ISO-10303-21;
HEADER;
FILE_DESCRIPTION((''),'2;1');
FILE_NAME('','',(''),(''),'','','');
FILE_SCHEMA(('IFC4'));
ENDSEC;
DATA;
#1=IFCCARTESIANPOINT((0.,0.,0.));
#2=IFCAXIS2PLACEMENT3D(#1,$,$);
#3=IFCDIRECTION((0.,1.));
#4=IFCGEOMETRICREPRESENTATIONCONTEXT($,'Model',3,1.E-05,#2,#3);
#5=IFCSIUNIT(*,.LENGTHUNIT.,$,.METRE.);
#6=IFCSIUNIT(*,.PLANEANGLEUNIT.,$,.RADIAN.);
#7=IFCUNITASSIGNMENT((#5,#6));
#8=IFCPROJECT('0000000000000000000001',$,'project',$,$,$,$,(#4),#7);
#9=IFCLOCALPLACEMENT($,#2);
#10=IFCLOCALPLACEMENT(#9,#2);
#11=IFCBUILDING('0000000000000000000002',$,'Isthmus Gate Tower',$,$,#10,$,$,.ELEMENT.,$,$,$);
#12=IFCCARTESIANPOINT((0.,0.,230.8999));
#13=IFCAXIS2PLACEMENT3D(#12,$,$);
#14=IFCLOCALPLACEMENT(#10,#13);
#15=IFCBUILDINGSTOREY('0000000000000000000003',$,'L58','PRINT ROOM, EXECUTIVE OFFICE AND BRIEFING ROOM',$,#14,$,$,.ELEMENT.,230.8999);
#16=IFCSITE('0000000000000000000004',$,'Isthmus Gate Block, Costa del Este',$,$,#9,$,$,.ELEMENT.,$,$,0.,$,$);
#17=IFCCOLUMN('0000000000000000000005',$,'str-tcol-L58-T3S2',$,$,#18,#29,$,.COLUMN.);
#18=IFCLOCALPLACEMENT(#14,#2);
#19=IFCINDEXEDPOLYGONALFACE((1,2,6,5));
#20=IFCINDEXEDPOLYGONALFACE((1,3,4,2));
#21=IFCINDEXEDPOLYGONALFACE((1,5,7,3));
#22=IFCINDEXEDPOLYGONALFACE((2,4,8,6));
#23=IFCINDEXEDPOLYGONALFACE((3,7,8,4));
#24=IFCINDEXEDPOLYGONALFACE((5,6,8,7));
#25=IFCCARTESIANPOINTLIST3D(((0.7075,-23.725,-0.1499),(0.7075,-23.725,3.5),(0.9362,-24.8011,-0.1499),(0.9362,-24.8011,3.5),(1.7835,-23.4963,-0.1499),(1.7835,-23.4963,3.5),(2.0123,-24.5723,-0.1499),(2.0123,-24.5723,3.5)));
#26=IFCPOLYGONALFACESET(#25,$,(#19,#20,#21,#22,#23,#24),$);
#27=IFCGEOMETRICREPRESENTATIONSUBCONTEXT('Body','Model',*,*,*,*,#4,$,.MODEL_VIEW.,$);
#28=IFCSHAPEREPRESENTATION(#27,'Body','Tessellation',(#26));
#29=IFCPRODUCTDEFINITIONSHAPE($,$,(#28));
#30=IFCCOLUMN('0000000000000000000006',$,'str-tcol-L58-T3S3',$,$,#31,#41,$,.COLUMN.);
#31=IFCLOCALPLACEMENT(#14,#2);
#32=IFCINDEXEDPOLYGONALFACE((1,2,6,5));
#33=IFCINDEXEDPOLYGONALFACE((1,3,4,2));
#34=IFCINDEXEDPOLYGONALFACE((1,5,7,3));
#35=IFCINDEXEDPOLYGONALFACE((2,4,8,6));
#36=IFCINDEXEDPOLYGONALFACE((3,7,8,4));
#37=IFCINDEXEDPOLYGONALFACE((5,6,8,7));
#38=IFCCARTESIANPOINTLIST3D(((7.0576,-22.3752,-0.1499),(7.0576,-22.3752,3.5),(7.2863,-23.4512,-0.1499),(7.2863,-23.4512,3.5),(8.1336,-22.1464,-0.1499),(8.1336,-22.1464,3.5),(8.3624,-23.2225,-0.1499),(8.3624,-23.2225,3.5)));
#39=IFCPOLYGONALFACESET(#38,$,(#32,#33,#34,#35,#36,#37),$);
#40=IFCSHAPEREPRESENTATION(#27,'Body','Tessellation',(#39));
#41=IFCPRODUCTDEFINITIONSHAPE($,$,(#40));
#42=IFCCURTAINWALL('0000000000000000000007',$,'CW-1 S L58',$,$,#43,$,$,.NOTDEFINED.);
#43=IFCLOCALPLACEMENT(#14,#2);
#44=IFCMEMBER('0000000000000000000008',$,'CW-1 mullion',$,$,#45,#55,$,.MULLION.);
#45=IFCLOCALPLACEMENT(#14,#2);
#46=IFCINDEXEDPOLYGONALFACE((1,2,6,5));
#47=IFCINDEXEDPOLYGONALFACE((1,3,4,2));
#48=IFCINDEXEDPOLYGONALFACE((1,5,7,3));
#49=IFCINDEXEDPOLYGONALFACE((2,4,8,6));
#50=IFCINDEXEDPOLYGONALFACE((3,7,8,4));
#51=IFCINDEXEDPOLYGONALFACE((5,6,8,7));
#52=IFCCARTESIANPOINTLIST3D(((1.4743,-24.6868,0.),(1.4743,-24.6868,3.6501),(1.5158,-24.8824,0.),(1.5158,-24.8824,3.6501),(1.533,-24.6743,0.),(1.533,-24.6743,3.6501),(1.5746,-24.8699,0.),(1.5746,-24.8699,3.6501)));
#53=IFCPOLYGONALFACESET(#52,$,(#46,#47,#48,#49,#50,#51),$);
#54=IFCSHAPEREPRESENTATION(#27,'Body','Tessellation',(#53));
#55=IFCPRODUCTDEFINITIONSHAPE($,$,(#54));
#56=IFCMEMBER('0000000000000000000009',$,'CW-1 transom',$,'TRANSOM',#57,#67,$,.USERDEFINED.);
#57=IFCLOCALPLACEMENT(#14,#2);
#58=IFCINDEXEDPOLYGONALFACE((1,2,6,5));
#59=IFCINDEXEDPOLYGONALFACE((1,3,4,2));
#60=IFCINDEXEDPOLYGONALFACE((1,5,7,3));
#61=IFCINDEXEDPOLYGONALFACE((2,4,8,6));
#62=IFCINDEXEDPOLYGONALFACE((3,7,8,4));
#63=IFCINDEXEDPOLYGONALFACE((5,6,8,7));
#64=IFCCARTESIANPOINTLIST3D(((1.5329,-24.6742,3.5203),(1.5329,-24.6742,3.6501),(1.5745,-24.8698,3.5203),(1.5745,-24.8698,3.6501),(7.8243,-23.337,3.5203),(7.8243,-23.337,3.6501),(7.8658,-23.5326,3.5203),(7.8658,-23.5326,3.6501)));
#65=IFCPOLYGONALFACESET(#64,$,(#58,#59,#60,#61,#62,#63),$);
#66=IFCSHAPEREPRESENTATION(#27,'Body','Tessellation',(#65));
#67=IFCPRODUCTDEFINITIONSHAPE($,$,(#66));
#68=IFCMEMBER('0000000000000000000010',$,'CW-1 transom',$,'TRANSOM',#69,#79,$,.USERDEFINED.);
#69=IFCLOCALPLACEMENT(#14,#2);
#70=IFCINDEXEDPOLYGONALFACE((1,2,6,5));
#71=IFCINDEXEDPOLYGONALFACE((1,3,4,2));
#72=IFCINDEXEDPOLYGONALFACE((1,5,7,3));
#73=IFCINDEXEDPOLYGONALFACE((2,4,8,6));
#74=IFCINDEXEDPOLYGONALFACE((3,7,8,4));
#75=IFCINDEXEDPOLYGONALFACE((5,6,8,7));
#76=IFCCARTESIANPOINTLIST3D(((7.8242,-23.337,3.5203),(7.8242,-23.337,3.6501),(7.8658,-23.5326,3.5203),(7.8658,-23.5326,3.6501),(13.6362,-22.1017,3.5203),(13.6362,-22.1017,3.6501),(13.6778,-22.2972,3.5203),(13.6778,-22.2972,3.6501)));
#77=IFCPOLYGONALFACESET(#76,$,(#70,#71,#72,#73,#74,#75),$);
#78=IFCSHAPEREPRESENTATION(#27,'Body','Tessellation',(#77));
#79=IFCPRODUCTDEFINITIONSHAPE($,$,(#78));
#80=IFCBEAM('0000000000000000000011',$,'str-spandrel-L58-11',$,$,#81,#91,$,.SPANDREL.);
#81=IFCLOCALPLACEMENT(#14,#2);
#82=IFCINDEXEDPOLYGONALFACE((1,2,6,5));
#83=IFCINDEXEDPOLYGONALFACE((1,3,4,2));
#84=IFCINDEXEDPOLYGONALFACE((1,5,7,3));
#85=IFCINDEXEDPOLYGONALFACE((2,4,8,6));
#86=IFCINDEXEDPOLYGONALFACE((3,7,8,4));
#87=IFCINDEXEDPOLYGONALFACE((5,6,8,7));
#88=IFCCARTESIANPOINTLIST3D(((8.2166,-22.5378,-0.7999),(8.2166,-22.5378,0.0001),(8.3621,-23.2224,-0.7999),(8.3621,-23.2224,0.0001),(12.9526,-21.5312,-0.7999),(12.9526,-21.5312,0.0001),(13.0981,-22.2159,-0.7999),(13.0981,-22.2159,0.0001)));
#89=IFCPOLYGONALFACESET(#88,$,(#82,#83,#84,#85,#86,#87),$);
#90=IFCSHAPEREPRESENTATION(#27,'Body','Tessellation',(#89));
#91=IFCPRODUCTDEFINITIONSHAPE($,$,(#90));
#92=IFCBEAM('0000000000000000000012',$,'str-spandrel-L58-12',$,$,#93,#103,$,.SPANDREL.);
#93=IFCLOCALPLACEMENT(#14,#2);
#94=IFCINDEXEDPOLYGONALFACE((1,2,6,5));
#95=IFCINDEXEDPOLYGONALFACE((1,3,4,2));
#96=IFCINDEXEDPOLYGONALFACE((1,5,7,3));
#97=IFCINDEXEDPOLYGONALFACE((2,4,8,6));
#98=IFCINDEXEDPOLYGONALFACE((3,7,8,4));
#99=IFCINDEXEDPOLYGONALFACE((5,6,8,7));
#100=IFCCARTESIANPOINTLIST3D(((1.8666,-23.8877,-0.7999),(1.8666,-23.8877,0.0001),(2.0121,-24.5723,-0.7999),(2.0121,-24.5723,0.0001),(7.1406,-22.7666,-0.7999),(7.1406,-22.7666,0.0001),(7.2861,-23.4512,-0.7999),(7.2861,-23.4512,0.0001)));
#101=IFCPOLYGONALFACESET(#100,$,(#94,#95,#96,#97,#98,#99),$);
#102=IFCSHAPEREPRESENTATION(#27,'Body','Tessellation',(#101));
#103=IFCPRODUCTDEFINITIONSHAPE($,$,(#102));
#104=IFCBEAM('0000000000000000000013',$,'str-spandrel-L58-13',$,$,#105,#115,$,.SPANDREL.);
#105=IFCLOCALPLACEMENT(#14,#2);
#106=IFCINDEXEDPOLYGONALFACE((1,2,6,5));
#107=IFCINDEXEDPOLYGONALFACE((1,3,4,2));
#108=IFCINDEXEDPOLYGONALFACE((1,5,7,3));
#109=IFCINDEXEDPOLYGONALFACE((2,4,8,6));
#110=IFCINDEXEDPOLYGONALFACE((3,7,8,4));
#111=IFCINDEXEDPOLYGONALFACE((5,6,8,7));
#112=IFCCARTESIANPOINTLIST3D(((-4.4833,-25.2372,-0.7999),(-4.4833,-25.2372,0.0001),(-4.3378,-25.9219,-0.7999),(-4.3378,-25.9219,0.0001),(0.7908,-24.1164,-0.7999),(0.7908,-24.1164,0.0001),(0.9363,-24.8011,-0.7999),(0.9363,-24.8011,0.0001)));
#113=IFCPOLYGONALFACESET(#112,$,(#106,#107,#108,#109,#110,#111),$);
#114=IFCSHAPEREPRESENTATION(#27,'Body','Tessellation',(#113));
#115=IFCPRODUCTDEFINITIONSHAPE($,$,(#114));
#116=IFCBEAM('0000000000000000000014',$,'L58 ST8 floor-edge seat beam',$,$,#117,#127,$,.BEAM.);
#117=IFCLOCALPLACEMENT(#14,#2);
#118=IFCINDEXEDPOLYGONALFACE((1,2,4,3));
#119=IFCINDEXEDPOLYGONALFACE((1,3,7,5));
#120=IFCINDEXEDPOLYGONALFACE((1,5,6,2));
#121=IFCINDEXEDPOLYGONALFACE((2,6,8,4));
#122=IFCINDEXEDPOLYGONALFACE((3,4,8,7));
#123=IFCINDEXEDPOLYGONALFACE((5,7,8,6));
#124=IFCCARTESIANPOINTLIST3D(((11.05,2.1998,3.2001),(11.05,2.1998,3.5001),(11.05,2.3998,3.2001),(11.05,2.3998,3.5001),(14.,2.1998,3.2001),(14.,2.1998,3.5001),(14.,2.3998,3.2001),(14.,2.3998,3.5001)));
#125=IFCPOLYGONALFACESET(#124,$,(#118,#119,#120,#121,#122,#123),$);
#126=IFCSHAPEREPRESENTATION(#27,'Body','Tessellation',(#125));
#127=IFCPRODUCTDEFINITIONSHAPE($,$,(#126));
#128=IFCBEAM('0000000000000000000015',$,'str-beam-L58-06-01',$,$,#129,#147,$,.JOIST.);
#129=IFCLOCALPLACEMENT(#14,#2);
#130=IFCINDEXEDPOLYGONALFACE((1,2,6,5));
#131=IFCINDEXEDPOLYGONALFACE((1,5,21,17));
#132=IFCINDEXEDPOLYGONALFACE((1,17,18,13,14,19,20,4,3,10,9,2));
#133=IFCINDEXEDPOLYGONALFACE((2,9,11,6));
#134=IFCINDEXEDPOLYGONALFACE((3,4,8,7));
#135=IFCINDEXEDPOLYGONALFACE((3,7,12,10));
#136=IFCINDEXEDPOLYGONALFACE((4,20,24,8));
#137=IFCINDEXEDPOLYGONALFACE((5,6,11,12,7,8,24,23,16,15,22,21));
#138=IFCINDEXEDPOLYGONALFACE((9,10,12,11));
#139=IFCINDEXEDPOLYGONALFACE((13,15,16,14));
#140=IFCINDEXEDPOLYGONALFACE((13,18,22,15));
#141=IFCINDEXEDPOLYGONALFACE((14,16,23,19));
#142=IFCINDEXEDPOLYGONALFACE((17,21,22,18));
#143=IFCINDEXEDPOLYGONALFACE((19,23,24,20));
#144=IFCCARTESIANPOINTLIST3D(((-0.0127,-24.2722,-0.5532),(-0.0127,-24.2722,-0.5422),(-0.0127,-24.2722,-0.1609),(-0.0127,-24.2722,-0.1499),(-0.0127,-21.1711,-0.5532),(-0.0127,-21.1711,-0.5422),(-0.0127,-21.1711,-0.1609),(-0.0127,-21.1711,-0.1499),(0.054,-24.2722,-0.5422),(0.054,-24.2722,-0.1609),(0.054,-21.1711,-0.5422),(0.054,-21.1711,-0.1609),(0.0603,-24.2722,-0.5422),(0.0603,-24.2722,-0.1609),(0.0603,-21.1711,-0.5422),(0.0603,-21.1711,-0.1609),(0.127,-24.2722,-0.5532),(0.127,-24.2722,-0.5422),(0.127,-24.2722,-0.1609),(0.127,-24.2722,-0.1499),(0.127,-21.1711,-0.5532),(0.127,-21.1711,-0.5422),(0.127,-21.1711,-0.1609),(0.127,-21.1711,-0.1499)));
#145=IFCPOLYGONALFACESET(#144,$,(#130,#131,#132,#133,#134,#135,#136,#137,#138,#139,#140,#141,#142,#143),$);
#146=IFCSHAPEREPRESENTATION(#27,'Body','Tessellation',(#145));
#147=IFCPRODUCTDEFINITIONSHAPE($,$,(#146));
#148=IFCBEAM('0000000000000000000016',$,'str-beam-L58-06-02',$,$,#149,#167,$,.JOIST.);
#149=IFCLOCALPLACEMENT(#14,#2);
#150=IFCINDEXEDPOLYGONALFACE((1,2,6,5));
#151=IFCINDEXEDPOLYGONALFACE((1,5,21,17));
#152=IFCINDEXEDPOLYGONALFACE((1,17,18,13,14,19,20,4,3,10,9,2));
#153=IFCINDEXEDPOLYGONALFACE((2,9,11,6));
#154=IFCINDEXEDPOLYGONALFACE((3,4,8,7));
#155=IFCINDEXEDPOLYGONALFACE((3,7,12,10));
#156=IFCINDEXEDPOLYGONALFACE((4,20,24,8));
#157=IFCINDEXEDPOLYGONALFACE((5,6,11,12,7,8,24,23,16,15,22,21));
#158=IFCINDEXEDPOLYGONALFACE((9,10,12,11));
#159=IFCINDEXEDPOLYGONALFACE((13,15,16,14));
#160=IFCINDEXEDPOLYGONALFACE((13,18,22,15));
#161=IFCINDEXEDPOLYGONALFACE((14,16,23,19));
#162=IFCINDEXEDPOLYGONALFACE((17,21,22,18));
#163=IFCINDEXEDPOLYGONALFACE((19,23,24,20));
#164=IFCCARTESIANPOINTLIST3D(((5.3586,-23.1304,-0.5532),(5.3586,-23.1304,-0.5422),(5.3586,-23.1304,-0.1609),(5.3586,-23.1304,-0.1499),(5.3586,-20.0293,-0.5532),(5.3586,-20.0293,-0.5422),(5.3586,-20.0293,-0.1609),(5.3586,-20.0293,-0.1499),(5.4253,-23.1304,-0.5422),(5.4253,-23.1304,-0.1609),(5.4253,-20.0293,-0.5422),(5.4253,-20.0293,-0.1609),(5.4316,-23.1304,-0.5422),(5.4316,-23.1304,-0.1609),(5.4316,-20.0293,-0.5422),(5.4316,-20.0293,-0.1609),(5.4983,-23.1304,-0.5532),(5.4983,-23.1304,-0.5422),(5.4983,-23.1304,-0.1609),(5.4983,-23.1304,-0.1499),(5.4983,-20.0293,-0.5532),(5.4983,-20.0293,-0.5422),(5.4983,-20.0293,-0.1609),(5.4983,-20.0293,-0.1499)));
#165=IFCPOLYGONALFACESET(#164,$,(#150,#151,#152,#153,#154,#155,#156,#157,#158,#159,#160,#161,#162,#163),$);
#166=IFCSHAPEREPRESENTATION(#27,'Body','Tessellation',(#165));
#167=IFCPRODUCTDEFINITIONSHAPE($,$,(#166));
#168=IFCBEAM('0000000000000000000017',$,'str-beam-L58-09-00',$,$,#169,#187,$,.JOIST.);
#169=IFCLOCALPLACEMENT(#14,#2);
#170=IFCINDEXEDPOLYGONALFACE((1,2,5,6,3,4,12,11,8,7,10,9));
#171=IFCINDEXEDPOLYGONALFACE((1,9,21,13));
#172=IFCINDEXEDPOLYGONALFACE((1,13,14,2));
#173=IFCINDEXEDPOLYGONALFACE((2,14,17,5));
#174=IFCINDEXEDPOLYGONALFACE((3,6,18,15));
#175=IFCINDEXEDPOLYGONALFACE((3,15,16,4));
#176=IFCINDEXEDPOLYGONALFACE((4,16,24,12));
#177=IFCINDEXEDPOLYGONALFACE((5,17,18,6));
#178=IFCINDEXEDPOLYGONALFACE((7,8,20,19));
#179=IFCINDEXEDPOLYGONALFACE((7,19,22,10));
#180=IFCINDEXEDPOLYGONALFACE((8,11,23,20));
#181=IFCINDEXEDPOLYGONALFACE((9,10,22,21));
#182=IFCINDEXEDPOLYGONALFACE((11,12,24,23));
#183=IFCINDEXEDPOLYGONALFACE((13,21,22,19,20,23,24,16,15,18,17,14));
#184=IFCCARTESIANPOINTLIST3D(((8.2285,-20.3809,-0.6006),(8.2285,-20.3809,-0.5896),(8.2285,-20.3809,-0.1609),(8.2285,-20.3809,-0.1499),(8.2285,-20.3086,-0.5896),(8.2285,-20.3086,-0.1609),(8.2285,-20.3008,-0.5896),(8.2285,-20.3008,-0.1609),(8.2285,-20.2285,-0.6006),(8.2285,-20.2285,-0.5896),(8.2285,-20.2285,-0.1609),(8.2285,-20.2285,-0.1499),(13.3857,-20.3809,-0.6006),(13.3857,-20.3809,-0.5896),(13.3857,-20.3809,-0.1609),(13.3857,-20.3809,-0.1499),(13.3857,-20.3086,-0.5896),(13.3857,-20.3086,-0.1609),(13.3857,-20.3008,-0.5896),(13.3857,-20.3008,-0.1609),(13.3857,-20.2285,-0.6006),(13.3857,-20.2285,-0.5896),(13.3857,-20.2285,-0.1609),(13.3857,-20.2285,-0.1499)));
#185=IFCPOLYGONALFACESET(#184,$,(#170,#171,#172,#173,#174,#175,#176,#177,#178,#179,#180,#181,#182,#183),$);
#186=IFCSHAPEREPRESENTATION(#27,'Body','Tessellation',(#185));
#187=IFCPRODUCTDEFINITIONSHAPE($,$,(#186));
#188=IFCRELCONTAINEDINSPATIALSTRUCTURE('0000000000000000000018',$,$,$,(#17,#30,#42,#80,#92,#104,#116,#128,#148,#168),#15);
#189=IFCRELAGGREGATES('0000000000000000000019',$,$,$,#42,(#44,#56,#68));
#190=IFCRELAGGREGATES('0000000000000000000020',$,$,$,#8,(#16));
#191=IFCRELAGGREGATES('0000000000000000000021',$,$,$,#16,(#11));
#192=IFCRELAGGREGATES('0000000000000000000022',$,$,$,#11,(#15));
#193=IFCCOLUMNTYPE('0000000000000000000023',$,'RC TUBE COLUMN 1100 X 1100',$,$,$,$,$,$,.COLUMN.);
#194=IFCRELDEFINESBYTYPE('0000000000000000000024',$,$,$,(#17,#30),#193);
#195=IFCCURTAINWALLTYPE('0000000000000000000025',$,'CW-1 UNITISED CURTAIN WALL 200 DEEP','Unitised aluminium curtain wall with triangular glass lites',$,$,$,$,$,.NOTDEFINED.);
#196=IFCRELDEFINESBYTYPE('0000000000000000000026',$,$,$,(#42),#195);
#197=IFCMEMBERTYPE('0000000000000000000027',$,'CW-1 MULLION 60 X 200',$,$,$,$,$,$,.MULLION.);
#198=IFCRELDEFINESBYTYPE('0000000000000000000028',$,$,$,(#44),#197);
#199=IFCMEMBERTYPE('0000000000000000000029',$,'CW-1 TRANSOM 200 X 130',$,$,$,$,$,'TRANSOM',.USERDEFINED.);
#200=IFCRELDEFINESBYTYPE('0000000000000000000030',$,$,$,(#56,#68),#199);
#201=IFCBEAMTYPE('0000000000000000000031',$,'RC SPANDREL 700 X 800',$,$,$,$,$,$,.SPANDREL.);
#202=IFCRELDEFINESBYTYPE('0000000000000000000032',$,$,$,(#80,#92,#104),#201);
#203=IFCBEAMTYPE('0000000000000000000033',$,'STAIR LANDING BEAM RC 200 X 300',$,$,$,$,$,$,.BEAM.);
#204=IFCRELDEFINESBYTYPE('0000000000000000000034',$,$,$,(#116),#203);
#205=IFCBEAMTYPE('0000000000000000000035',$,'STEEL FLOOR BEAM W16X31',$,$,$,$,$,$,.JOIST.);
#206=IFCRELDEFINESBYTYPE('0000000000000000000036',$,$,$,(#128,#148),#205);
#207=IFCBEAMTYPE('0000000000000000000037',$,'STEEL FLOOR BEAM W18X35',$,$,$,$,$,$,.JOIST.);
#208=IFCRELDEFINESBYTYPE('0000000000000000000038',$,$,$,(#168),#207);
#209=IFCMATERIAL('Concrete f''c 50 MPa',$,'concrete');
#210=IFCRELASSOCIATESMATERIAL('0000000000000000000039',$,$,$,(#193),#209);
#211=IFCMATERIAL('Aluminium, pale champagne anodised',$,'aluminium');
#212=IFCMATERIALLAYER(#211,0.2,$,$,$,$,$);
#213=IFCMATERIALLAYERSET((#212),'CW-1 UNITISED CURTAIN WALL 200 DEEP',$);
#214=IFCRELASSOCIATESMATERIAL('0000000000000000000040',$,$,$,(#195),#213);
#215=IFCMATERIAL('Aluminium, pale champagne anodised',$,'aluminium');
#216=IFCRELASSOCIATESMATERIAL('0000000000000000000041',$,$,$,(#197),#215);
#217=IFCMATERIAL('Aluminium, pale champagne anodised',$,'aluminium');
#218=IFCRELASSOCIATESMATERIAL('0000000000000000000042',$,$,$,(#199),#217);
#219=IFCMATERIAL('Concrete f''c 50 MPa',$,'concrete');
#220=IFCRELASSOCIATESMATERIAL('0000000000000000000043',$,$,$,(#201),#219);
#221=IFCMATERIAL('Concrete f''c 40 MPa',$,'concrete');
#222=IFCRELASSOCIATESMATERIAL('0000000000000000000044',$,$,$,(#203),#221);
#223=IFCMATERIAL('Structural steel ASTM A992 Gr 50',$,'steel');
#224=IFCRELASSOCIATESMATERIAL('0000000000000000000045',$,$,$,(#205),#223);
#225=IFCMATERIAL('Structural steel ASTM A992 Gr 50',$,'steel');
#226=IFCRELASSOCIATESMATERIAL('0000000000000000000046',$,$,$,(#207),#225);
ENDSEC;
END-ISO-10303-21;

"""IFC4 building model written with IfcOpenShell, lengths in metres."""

from ifc_helpers import new_model, si_unit, direction, frame, origin, origin_2d, place, context, subcontext, project, spatial, rectangle, i_section, extrude, material, layer, layer_set, material_profile, profile_set, type_object, element, aggregate, save


model = new_model("IFC4")

# Units and contexts
model_context = context("Model", 3, precision=1e-05, world=origin(), true_north=direction((0.0, 1.0)))
body_context = subcontext(model_context, "Body", "Model", "MODEL_VIEW")
ifc_project = project(units=[si_unit("LENGTHUNIT", "METRE"), si_unit("PLANEANGLEUNIT", "RADIAN")], contexts=[model_context])

# Site, building, storey
site_placement = place(None, origin())
site = spatial("IfcSite", under=ifc_project, at=site_placement, Name="Isthmus Gate Block, Costa del Este", CompositionType="ELEMENT", RefElevation=0.0)
building_placement = place(site_placement, origin())
building = spatial("IfcBuilding", under=site, at=building_placement, Name="Isthmus Gate Tower", CompositionType="ELEMENT")
storey_placement = place(building_placement, frame((0.0, 0.0, 230.8999)))
storey = spatial("IfcBuildingStorey", under=building, at=storey_placement, Name="L58", Description="PRINT ROOM, EXECUTIVE OFFICE AND BRIEFING ROOM", CompositionType="ELEMENT", Elevation=230.8999)

# Columns
ifc_material_1 = material(Name="Concrete f'c 50 MPa", Category="concrete")
ifc_material_profile_1 = material_profile(ifc_material_1, rectangle(XDim=1.1001, YDim=1.1001, at=origin_2d()), Name="RC 1100X1100")
ifc_profile_set_1 = profile_set([ifc_material_profile_1], Name="Concrete f'c 50 MPa")
column_type = type_object("IfcColumnType", Name="RC TUBE COLUMN 1100 X 1100", PredefinedType="COLUMN", material=ifc_profile_set_1)
for number, where, z_axis, x_axis, name in (
    (1, (1.3599, -24.1487, -0.1499), (0.0, 0.0, 1.0), (0.978148, 0.207912, 0.0), "str-tcol-L58-T3S2"),
    (2, (7.71, -22.7988, -0.1499), (0.0, 0.0, 1.0), (0.978148, 0.207912, 0.0), "str-tcol-L58-T3S3"),
):
    element("IfcColumn", number, at=place(storey_placement, frame(where, z_axis=z_axis, x_axis=x_axis)), inside=storey, type_object=column_type, Name=name, PredefinedType="COLUMN", context=body_context, shape_type="SweptSolid", body=[
        extrude(rectangle(XDim=1.1001, YDim=1.1001, at=origin_2d()), origin(), (0.0, 0.0, 1.0), 3.6499),
    ])

# Curtain wall, members
ifc_material_2 = material(Name="Aluminium, pale champagne anodised", Category="aluminium")
ifc_layer_1 = layer(ifc_material_2, 0.2)
ifc_layer_set_1 = layer_set([ifc_layer_1], Name="CW-1 UNITISED CURTAIN WALL 200 DEEP")
curtain_wall_type = type_object("IfcCurtainWallType", Name="CW-1 UNITISED CURTAIN WALL 200 DEEP", Description="Unitised aluminium curtain wall with triangular glass lites", PredefinedType="NOTDEFINED", material=ifc_layer_set_1)
curtain_wall_placement = place(storey_placement, origin())
curtain_wall = element("IfcCurtainWall", 3, at=curtain_wall_placement, inside=storey, type_object=curtain_wall_type, Name="CW-1 S L58", PredefinedType="NOTDEFINED")
ifc_material_3 = material(Name="Aluminium, pale champagne anodised", Category="aluminium")
ifc_material_profile_2 = material_profile(ifc_material_3, rectangle(XDim=0.0601, YDim=0.2, at=origin_2d()), Name="60x200")
ifc_profile_set_2 = profile_set([ifc_material_profile_2], Name="Aluminium, pale champagne anodised")
member_type_1 = type_object("IfcMemberType", Name="CW-1 MULLION 60 X 200", PredefinedType="MULLION", material=ifc_profile_set_2)
member_1_placement = place(storey_placement, frame((1.5244, -24.7783, 0.0), z_axis=(0.0, 0.0, 1.0), x_axis=(0.978148, 0.207912, 0.0)))
member_1 = element("IfcMember", 4, at=member_1_placement, type_object=member_type_1, Name="CW-1 mullion", PredefinedType="MULLION", context=body_context, shape_type="SweptSolid", body=[
    extrude(rectangle(XDim=0.0601, YDim=0.2, at=origin_2d()), origin(), (0.0, 0.0, 1.0), 3.6501),
])
ifc_material_4 = material(Name="Aluminium, pale champagne anodised", Category="aluminium")
ifc_material_profile_3 = material_profile(ifc_material_4, rectangle(XDim=0.2, YDim=0.1299, at=origin_2d()), Name="200x130")
ifc_profile_set_3 = profile_set([ifc_material_profile_3], Name="Aluminium, pale champagne anodised")
member_type_2 = type_object("IfcMemberType", Name="CW-1 TRANSOM 200 X 130", ElementType="TRANSOM", PredefinedType="USERDEFINED", material=ifc_profile_set_3)
member_2_placement = place(storey_placement, frame((1.5537, -24.772, 3.5852), z_axis=(0.97815, 0.207898, 0.0), x_axis=(-0.207898, 0.97815, 0.0)))
member_2 = element("IfcMember", 5, at=member_2_placement, type_object=member_type_2, Name="CW-1 transom", ObjectType="TRANSOM", PredefinedType="USERDEFINED", context=body_context, shape_type="SweptSolid", body=[
    extrude(rectangle(XDim=0.2, YDim=0.1299, at=origin_2d()), origin(), (0.0, 0.0, 1.0), 6.4319),
])
member_3_placement = place(storey_placement, frame((7.845, -23.4348, 3.5852), z_axis=(0.978149, 0.207907, 0.0), x_axis=(-0.207907, 0.978149, 0.0)))
member_3 = element("IfcMember", 6, at=member_3_placement, type_object=member_type_2, Name="CW-1 transom", ObjectType="TRANSOM", PredefinedType="USERDEFINED", context=body_context, shape_type="SweptSolid", body=[
    extrude(rectangle(XDim=0.2, YDim=0.1299, at=origin_2d()), origin(), (0.0, 0.0, 1.0), 5.9419),
])

# Beams
ifc_material_5 = material(Name="Concrete f'c 50 MPa", Category="concrete")
ifc_material_profile_4 = material_profile(ifc_material_5, rectangle(XDim=0.7, YDim=0.8, at=origin_2d()), Name="RC 700X800")
ifc_profile_set_4 = profile_set([ifc_material_profile_4], Name="Concrete f'c 50 MPa")
beam_type_1 = type_object("IfcBeamType", Name="RC SPANDREL 700 X 800", PredefinedType="SPANDREL", material=ifc_profile_set_4)
beam_1_placement = place(storey_placement, frame((13.0254, -21.8735, -0.3999), z_axis=(-0.978152, -0.207893, 0.0), x_axis=(0.207893, -0.978152, 0.0)))
element("IfcBeam", 7, at=beam_1_placement, inside=storey, type_object=beam_type_1, Name="str-spandrel-L58-11", PredefinedType="SPANDREL", context=body_context, shape_type="SweptSolid", body=[
    extrude(rectangle(XDim=0.7, YDim=0.8, at=origin_2d()), origin(), (0.0, 0.0, 1.0), 4.8418),
])
for number, where, z_axis, x_axis, name in (
    (8, (7.2134, -23.1089, -0.3999), (-0.978144, -0.207927, 0.0), (0.207927, -0.978144, 0.0), "str-spandrel-L58-12"),
    (9, (0.8635, -24.4587, -0.3999), (-0.978156, -0.207874, 0.0), (0.207874, -0.978156, 0.0), "str-spandrel-L58-13"),
):
    element("IfcBeam", number, at=place(storey_placement, frame(where, z_axis=z_axis, x_axis=x_axis)), inside=storey, type_object=beam_type_1, Name=name, PredefinedType="SPANDREL", context=body_context, shape_type="SweptSolid", body=[
        extrude(rectangle(XDim=0.7, YDim=0.8, at=origin_2d()), origin(), (0.0, 0.0, 1.0), 5.3918),
    ])
ifc_material_6 = material(Name="Concrete f'c 40 MPa", Category="concrete")
ifc_material_profile_5 = material_profile(ifc_material_6, rectangle(XDim=0.2, YDim=0.3, at=origin_2d()), Name="STAIR LANDING BEAM RC 200 X 300")
ifc_profile_set_5 = profile_set([ifc_material_profile_5], Name="Concrete f'c 40 MPa")
beam_type_2 = type_object("IfcBeamType", Name="STAIR LANDING BEAM RC 200 X 300", PredefinedType="BEAM", material=ifc_profile_set_5)
beam_2_placement = place(storey_placement, frame((11.05, 2.2998, 3.3501), z_axis=(1.0, 0.0, 0.0), x_axis=(0.0, 1.0, 0.0)))
element("IfcBeam", 10, at=beam_2_placement, inside=storey, type_object=beam_type_2, Name="L58 ST8 floor-edge seat beam", PredefinedType="BEAM", context=body_context, shape_type="SweptSolid", body=[
    extrude(rectangle(XDim=0.2, YDim=0.3, at=origin_2d()), origin(), (0.0, 0.0, 1.0), 2.95),
])
ifc_material_7 = material(Name="Structural steel ASTM A992 Gr 50", Category="steel")
ifc_material_profile_6 = material_profile(ifc_material_7, i_section(OverallWidth=0.1396, OverallDepth=0.4033, WebThickness=0.0063, FlangeThickness=0.011, at=origin_2d()), Name="W16X31")
ifc_profile_set_6 = profile_set([ifc_material_profile_6], Name="Structural steel ASTM A992 Gr 50")
beam_type_3 = type_object("IfcBeamType", Name="STEEL FLOOR BEAM W16X31", PredefinedType="JOIST", material=ifc_profile_set_6)
for number, where, z_axis, x_axis, name in (
    (11, (0.0571, -24.2722, -0.3516), (0.0, 1.0, 0.0), (-1.0, 0.0, 0.0), "str-beam-L58-06-01"),
    (12, (5.4285, -23.1304, -0.3516), (0.0, 1.0, 0.0), (-1.0, 0.0, 0.0), "str-beam-L58-06-02"),
):
    element("IfcBeam", number, at=place(storey_placement, frame(where, z_axis=z_axis, x_axis=x_axis)), inside=storey, type_object=beam_type_3, Name=name, PredefinedType="JOIST", context=body_context, shape_type="SweptSolid", body=[
        extrude(i_section(OverallWidth=0.1396, OverallDepth=0.4033, WebThickness=0.0063, FlangeThickness=0.011, at=origin_2d()), origin(), (0.0, 0.0, 1.0), 3.1011),
    ])
ifc_material_8 = material(Name="Structural steel ASTM A992 Gr 50", Category="steel")
ifc_material_profile_7 = material_profile(ifc_material_8, i_section(OverallWidth=0.1523, OverallDepth=0.4507, WebThickness=0.0078, FlangeThickness=0.011, at=origin_2d()), Name="W18X35")
ifc_profile_set_7 = profile_set([ifc_material_profile_7], Name="Structural steel ASTM A992 Gr 50")
beam_type_4 = type_object("IfcBeamType", Name="STEEL FLOOR BEAM W18X35", PredefinedType="JOIST", material=ifc_profile_set_7)
for number, where, z_axis, x_axis, name in (
    (13, (8.2285, -20.3047, -0.3752), (1.0, 0.0, 0.0), (0.0, 1.0, 0.0), "str-beam-L58-09-00"),
):
    element("IfcBeam", number, at=place(storey_placement, frame(where, z_axis=z_axis, x_axis=x_axis)), inside=storey, type_object=beam_type_4, Name=name, PredefinedType="JOIST", context=body_context, shape_type="SweptSolid", body=[
        extrude(i_section(OverallWidth=0.1523, OverallDepth=0.4507, WebThickness=0.0078, FlangeThickness=0.011, at=origin_2d()), origin(), (0.0, 0.0, 1.0), 5.1572),
    ])

aggregate(curtain_wall, [member_1, member_2, member_3])

save(model, "model.ifc")
